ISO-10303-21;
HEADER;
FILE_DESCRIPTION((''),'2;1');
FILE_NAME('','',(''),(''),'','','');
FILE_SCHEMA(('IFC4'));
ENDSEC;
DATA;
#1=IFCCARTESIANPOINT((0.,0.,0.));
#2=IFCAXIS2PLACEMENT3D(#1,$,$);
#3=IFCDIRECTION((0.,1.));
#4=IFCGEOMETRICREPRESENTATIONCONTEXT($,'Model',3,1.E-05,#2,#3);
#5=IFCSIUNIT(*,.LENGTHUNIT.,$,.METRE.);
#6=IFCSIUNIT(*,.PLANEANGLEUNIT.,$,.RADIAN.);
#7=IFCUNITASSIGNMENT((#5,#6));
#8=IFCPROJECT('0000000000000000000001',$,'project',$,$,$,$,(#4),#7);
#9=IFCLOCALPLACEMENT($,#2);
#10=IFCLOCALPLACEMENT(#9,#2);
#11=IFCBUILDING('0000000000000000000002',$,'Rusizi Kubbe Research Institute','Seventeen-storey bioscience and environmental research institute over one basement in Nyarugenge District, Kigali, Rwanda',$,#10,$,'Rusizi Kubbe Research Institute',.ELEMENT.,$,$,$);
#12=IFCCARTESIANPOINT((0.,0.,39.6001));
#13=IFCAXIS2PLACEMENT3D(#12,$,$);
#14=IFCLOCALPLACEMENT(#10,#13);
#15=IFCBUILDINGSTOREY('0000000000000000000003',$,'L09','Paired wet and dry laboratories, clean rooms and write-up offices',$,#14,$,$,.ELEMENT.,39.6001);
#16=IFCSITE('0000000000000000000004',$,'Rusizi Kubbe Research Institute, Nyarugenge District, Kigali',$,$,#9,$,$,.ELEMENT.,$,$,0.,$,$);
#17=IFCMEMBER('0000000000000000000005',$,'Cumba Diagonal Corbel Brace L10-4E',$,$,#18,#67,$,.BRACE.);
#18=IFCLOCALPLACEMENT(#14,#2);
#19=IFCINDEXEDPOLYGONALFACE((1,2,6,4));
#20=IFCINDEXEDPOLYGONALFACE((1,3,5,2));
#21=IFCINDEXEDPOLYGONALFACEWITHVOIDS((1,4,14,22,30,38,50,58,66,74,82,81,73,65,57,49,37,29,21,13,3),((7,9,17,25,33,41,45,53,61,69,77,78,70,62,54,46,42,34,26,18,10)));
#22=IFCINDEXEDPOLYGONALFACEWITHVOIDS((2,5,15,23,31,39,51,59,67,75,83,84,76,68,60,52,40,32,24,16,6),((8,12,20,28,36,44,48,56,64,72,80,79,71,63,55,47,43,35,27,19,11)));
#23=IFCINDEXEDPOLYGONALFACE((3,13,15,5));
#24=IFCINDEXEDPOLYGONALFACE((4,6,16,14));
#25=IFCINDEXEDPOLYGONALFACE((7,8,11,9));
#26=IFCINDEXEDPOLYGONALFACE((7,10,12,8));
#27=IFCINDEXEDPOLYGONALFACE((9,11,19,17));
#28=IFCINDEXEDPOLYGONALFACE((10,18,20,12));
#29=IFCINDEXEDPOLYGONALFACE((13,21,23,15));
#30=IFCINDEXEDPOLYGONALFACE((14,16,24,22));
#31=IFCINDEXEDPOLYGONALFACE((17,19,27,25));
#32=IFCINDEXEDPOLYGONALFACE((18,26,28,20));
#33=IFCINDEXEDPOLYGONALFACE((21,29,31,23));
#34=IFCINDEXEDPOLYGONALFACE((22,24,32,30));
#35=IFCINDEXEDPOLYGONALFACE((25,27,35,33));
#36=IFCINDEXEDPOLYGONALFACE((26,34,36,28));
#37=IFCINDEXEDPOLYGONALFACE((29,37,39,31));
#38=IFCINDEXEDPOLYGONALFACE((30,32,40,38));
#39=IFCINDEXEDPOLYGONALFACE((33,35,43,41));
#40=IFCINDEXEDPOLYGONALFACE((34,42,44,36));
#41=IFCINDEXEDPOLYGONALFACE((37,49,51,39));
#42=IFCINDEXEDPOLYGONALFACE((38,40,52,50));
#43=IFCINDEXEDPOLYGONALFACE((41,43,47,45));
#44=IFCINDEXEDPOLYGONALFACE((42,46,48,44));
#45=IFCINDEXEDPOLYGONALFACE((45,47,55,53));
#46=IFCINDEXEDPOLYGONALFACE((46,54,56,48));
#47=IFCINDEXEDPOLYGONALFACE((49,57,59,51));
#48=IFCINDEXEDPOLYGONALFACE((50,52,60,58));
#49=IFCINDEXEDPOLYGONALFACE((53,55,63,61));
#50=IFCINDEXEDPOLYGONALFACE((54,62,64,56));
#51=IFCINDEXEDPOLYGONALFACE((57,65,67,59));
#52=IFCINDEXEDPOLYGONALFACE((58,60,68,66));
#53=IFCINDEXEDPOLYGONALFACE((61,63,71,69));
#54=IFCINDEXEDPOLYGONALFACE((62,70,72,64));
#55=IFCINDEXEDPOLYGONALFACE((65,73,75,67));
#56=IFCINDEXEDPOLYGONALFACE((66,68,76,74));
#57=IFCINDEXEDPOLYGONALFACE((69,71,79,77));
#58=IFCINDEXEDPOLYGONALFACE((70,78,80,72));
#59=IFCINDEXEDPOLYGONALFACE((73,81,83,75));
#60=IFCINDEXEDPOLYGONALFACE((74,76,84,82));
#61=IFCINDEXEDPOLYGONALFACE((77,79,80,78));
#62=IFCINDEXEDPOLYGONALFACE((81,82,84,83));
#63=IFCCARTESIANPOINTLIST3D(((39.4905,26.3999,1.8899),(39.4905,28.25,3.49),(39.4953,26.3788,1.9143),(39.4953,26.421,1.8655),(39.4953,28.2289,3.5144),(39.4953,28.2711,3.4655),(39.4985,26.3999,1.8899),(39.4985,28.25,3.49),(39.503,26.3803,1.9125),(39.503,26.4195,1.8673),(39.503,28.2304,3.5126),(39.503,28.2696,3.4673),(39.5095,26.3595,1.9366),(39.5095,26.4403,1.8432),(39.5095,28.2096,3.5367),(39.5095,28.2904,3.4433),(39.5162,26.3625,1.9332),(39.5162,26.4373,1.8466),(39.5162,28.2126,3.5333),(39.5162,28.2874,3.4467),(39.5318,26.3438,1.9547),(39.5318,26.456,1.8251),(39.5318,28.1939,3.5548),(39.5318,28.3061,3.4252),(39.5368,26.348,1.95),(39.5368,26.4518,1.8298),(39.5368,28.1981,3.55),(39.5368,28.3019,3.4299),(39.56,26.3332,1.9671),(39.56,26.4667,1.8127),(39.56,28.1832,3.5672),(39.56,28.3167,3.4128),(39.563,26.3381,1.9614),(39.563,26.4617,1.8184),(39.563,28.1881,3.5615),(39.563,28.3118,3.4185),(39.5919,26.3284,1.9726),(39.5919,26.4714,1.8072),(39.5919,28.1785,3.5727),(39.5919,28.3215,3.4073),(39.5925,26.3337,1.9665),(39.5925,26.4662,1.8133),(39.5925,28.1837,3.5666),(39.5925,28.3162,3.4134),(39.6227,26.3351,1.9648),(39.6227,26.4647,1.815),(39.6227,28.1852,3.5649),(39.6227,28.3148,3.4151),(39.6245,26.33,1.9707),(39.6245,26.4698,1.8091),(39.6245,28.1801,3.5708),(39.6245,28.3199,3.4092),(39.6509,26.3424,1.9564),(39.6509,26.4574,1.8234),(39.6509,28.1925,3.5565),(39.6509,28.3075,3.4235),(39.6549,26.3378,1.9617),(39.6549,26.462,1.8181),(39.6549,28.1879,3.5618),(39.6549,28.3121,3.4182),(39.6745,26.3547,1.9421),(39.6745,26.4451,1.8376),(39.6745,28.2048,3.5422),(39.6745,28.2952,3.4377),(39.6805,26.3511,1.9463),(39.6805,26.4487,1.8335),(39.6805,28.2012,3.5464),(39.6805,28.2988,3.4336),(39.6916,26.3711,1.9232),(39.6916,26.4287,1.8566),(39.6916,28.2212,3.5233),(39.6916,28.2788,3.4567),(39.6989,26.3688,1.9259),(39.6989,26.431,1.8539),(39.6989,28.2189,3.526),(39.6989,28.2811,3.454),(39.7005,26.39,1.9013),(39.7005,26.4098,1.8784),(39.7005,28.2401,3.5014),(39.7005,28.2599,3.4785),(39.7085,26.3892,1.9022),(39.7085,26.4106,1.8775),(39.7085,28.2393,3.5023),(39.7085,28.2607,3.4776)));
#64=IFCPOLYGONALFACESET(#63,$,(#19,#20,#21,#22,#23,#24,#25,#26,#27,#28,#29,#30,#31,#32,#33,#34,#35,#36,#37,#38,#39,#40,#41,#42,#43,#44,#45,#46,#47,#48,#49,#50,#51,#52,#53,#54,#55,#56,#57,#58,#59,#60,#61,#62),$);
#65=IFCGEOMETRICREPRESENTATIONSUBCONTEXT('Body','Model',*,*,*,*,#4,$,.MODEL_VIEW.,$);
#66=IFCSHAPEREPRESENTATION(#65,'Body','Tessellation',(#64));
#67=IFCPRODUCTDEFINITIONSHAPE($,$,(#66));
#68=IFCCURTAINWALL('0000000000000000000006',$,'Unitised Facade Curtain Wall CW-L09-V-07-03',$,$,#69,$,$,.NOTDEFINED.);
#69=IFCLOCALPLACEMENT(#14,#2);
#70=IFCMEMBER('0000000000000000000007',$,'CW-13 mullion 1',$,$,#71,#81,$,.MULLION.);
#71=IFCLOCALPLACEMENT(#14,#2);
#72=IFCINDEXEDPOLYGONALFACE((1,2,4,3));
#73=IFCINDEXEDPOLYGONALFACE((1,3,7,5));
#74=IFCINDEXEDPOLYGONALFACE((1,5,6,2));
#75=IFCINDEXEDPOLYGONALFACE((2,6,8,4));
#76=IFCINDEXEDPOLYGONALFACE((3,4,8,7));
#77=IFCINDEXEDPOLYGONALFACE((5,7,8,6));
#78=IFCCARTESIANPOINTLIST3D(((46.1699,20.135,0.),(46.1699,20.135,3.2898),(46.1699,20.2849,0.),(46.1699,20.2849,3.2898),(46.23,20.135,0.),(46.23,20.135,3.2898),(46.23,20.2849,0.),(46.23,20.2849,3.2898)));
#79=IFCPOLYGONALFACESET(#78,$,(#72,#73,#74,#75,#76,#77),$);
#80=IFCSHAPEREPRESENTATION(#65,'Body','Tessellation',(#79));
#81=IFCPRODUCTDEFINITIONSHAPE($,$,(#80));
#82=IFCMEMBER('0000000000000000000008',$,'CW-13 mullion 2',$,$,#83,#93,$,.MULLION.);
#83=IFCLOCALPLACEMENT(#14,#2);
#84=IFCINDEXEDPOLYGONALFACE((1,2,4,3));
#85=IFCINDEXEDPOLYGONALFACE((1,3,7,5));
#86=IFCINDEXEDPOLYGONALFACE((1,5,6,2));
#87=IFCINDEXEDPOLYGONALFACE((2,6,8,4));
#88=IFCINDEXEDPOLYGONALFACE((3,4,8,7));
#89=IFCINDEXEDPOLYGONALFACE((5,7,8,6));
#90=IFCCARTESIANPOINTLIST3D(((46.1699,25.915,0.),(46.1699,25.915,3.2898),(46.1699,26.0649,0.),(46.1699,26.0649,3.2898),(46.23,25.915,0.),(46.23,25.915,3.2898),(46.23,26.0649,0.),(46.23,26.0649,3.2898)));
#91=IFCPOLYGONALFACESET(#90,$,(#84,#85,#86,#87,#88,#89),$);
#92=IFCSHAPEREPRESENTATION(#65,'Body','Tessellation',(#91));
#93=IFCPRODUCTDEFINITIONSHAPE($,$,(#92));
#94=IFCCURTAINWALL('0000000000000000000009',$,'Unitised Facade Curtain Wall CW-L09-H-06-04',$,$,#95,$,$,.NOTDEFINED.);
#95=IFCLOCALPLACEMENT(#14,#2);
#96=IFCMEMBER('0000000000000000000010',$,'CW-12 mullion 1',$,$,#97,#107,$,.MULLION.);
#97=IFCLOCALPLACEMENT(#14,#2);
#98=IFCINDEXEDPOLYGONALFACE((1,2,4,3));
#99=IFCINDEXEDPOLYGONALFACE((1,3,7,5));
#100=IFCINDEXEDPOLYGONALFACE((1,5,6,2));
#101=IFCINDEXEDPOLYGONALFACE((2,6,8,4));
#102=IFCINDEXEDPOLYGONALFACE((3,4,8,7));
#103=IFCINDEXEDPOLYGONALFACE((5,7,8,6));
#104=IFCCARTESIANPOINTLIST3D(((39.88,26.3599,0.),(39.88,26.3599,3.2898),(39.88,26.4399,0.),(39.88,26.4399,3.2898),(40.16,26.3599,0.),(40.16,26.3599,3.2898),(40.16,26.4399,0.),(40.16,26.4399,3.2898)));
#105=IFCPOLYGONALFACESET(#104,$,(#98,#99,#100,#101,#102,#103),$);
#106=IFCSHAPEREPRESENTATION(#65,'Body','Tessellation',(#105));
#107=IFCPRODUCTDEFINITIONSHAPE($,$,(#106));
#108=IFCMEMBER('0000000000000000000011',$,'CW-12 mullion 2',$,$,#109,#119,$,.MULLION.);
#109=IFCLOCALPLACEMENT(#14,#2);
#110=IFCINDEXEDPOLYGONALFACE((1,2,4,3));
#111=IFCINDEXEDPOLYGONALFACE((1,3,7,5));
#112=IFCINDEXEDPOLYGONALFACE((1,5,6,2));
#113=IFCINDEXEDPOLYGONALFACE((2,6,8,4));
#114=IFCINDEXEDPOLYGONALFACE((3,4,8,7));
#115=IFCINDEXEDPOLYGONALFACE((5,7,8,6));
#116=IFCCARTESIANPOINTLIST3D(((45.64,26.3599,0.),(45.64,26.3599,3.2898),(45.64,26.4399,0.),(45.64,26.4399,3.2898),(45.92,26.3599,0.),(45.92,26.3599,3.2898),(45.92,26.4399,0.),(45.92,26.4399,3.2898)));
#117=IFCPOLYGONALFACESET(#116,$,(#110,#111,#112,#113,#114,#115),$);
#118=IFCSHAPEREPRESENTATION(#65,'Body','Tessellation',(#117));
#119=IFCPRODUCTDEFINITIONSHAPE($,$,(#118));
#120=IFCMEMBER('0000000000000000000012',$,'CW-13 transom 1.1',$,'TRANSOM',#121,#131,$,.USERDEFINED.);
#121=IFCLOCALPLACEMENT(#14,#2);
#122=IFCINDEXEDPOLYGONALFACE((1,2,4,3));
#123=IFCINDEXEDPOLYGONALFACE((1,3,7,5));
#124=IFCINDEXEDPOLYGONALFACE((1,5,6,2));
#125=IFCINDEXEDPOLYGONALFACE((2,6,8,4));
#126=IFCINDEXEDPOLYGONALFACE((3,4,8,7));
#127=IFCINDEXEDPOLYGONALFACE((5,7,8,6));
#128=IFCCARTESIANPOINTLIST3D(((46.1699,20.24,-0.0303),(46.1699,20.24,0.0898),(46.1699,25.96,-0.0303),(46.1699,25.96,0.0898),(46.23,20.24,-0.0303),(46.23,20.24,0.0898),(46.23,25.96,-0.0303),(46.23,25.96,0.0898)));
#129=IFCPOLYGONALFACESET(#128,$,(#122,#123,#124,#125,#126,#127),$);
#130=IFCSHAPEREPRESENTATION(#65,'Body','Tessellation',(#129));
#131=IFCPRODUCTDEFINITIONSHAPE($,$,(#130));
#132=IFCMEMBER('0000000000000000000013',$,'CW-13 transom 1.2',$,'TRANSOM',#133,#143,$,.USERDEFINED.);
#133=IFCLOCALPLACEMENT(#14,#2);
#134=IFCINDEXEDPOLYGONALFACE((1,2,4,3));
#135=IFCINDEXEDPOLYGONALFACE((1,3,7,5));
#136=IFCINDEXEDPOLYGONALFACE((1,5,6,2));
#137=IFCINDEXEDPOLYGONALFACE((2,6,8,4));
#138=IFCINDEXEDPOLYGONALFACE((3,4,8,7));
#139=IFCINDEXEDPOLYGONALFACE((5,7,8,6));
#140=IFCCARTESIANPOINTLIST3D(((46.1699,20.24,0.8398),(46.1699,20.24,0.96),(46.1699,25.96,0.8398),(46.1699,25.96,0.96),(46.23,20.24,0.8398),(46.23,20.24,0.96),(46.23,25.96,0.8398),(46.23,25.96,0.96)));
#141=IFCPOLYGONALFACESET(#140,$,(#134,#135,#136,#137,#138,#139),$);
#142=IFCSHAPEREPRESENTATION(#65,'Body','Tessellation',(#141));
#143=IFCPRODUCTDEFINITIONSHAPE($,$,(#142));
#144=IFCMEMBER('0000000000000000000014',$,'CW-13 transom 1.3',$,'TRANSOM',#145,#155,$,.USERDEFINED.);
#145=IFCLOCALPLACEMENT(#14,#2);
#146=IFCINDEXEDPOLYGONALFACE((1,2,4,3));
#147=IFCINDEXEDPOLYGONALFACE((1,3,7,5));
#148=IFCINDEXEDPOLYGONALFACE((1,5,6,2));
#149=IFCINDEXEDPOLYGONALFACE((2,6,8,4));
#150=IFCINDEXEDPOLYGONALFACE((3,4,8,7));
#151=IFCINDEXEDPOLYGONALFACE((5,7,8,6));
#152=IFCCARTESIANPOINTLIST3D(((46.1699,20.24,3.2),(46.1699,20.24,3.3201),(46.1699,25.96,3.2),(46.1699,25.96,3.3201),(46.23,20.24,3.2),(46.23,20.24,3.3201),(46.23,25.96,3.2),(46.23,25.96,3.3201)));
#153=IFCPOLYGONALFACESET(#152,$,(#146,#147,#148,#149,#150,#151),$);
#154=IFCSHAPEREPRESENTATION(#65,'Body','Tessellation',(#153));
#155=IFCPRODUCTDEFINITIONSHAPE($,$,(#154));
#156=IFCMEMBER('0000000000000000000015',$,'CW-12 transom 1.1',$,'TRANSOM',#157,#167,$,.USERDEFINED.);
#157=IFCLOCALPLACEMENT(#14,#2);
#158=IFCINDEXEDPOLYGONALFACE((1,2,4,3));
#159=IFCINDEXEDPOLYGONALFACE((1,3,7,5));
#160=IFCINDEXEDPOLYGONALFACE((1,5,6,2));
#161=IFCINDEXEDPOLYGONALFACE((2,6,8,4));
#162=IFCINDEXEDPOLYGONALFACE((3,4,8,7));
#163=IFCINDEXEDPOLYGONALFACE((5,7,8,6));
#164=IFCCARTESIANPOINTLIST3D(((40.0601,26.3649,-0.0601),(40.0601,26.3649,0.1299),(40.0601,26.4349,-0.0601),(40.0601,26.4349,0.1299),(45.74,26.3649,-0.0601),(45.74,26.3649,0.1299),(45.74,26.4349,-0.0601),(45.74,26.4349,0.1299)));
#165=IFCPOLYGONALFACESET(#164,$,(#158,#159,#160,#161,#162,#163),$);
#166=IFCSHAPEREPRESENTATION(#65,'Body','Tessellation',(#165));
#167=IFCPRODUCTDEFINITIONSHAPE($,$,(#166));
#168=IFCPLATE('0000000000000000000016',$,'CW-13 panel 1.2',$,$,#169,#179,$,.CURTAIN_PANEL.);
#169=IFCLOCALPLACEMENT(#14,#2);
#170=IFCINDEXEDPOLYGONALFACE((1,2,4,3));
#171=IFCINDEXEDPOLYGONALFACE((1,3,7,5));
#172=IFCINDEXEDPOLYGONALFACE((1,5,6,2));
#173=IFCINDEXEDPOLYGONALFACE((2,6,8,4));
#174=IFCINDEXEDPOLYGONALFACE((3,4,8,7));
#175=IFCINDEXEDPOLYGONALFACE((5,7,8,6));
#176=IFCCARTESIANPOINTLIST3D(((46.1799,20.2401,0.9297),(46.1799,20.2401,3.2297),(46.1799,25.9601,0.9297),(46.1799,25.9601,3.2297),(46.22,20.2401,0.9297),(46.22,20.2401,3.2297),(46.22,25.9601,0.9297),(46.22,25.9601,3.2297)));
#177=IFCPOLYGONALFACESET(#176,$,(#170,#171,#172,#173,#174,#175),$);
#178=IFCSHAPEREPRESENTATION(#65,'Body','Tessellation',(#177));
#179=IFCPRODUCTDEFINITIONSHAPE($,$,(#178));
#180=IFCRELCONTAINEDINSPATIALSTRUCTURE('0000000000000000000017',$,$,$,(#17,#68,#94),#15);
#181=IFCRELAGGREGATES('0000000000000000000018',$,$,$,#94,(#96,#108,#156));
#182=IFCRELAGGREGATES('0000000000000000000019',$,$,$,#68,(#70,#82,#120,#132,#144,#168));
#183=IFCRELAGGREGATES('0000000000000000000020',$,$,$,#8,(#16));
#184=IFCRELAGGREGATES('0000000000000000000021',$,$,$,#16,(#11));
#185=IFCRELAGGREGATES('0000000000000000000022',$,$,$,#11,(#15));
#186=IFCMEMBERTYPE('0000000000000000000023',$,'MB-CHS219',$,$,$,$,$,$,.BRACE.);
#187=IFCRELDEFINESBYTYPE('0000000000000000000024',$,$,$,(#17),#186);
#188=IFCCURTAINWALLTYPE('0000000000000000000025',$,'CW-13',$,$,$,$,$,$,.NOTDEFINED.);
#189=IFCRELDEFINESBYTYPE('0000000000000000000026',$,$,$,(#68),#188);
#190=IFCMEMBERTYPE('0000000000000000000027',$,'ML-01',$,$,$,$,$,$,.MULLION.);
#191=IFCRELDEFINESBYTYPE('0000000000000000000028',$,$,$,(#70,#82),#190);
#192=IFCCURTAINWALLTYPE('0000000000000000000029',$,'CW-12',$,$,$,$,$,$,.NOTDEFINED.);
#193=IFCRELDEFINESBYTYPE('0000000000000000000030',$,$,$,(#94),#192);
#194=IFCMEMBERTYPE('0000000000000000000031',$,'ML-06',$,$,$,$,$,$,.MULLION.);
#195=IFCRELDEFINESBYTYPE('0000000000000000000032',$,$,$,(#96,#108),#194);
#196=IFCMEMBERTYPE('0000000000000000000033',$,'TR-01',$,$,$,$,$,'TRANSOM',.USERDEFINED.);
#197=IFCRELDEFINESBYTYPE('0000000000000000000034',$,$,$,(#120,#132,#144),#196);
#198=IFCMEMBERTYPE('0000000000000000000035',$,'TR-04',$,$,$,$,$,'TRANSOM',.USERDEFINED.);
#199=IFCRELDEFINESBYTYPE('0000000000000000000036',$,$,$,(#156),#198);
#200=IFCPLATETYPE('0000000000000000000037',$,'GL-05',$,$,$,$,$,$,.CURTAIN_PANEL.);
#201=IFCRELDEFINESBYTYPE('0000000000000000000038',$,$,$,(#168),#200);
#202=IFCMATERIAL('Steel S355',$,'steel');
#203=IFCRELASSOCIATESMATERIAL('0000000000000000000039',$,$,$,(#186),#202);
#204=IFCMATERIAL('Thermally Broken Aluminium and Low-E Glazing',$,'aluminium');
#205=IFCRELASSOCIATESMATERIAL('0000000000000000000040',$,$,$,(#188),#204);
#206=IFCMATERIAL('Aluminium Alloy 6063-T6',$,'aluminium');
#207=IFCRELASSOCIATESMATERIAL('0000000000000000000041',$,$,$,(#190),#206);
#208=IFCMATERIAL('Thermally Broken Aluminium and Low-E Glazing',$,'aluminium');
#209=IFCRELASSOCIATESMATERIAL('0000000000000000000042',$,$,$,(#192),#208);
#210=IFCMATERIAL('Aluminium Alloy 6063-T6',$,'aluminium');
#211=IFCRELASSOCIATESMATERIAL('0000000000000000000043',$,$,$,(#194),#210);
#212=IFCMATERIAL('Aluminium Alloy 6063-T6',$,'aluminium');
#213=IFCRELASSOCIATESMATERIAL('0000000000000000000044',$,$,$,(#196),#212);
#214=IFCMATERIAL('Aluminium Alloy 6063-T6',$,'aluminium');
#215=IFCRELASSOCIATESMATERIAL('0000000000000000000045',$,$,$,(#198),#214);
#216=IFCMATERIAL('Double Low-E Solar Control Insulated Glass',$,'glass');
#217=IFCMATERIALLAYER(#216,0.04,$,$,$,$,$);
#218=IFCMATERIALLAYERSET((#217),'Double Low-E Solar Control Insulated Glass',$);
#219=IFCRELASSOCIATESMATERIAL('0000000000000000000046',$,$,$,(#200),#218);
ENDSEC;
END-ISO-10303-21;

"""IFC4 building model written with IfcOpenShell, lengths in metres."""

from ifc_helpers import new_model, si_unit, direction, frame, origin, origin_2d, place, context, subcontext, project, spatial, rectangle, hollow_circle, extrude, material, layer, layer_set, material_profile, profile_set, type_object, element, aggregate, save


model = new_model("IFC4")

# Units and contexts
model_context = context("Model", 3, precision=1e-05, world=origin(), true_north=direction((0.0, 1.0)))
body_context = subcontext(model_context, "Body", "Model", "MODEL_VIEW")
ifc_project = project(units=[si_unit("LENGTHUNIT", "METRE"), si_unit("PLANEANGLEUNIT", "RADIAN")], contexts=[model_context])

# Site, building, storey
site_placement = place(None, origin())
site = spatial("IfcSite", under=ifc_project, at=site_placement, Name="Rusizi Kubbe Research Institute, Nyarugenge District, Kigali", CompositionType="ELEMENT", RefElevation=0.0)
building_placement = place(site_placement, origin())
building = spatial("IfcBuilding", under=site, at=building_placement, Name="Rusizi Kubbe Research Institute", Description="Seventeen-storey bioscience and environmental research institute over one basement in Nyarugenge District, Kigali, Rwanda", LongName="Rusizi Kubbe Research Institute", CompositionType="ELEMENT")
storey_placement = place(building_placement, frame((0.0, 0.0, 39.6001)))
storey = spatial("IfcBuildingStorey", under=building, at=storey_placement, Name="L09", Description="Paired wet and dry laboratories, clean rooms and write-up offices", CompositionType="ELEMENT", Elevation=39.6001)

# Member
ifc_material_1 = material(Name="Steel S355", Category="steel")
ifc_material_profile_1 = material_profile(ifc_material_1, hollow_circle(Radius=0.1096, WallThickness=0.0081, at=origin_2d()), Name="CHS 219.1x8.0")
ifc_profile_set_1 = profile_set([ifc_material_profile_1], Name="Steel S355")
member_type_1 = type_object("IfcMemberType", Name="MB-CHS219", PredefinedType="BRACE", material=ifc_profile_set_1)
member_1_placement = place(storey_placement, frame((39.6001, 26.3999, 1.8899), z_axis=(0.0, 0.756361, 0.654155), x_axis=(-1.0, 0.0, 0.0)))
element("IfcMember", 1, at=member_1_placement, inside=storey, type_object=member_type_1, Name="Cumba Diagonal Corbel Brace L10-4E", PredefinedType="BRACE", context=body_context, shape_type="SweptSolid", body=[
    extrude(hollow_circle(Radius=0.1096, WallThickness=0.0081, at=origin_2d()), origin(), (0.0, 0.0, 1.0), 2.446),
])

# Curtain walls, members
ifc_material_2 = material(Name="Thermally Broken Aluminium and Low-E Glazing", Category="aluminium")
curtain_wall_type_1 = type_object("IfcCurtainWallType", Name="CW-13", PredefinedType="NOTDEFINED", material=ifc_material_2)
curtain_wall_1_placement = place(storey_placement, origin())
curtain_wall_1 = element("IfcCurtainWall", 2, at=curtain_wall_1_placement, inside=storey, type_object=curtain_wall_type_1, Name="Unitised Facade Curtain Wall CW-L09-V-07-03", PredefinedType="NOTDEFINED")
ifc_material_3 = material(Name="Aluminium Alloy 6063-T6", Category="aluminium")
ifc_material_profile_2 = material_profile(ifc_material_3, rectangle(XDim=0.0601, YDim=0.1499, at=origin_2d()), Name="ALU-M 60x150")
ifc_profile_set_2 = profile_set([ifc_material_profile_2], Name="Aluminium Alloy 6063-T6")
member_type_2 = type_object("IfcMemberType", Name="ML-01", PredefinedType="MULLION", material=ifc_profile_set_2)
member_2_placement = place(storey_placement, frame((46.2, 20.21, 0.0), z_axis=(0.0, 0.0, 1.0), x_axis=(-1.0, 0.0, 0.0)))
member_2 = element("IfcMember", 3, at=member_2_placement, type_object=member_type_2, Name="CW-13 mullion 1", PredefinedType="MULLION", context=body_context, shape_type="SweptSolid", body=[
    extrude(rectangle(XDim=0.0601, YDim=0.1499, at=origin_2d()), origin(), (0.0, 0.0, 1.0), 3.2898),
])
member_3_placement = place(storey_placement, frame((46.2, 25.99, 0.0), z_axis=(0.0, 0.0, 1.0), x_axis=(-1.0, 0.0, 0.0)))
member_3 = element("IfcMember", 4, at=member_3_placement, type_object=member_type_2, Name="CW-13 mullion 2", PredefinedType="MULLION", context=body_context, shape_type="SweptSolid", body=[
    extrude(rectangle(XDim=0.0601, YDim=0.1499, at=origin_2d()), origin(), (0.0, 0.0, 1.0), 3.2898),
])
ifc_material_4 = material(Name="Thermally Broken Aluminium and Low-E Glazing", Category="aluminium")
curtain_wall_type_2 = type_object("IfcCurtainWallType", Name="CW-12", PredefinedType="NOTDEFINED", material=ifc_material_4)
curtain_wall_2_placement = place(storey_placement, origin())
curtain_wall_2 = element("IfcCurtainWall", 5, at=curtain_wall_2_placement, inside=storey, type_object=curtain_wall_type_2, Name="Unitised Facade Curtain Wall CW-L09-H-06-04", PredefinedType="NOTDEFINED")
ifc_material_5 = material(Name="Aluminium Alloy 6063-T6", Category="aluminium")
ifc_material_profile_3 = material_profile(ifc_material_5, rectangle(XDim=0.0801, YDim=0.28, at=origin_2d()), Name="ALU-M 80x280")
ifc_profile_set_3 = profile_set([ifc_material_profile_3], Name="Aluminium Alloy 6063-T6")
member_type_3 = type_object("IfcMemberType", Name="ML-06", PredefinedType="MULLION", material=ifc_profile_set_3)
member_4_placement = place(storey_placement, frame((40.02, 26.3999, 0.0), z_axis=(0.0, 0.0, 1.0), x_axis=(0.0, 1.0, 0.0)))
member_4 = element("IfcMember", 6, at=member_4_placement, type_object=member_type_3, Name="CW-12 mullion 1", PredefinedType="MULLION", context=body_context, shape_type="SweptSolid", body=[
    extrude(rectangle(XDim=0.0801, YDim=0.28, at=origin_2d()), origin(), (0.0, 0.0, 1.0), 3.2898),
])
member_5_placement = place(storey_placement, frame((45.78, 26.3999, 0.0), z_axis=(0.0, 0.0, 1.0), x_axis=(0.0, 1.0, 0.0)))
member_5 = element("IfcMember", 7, at=member_5_placement, type_object=member_type_3, Name="CW-12 mullion 2", PredefinedType="MULLION", context=body_context, shape_type="SweptSolid", body=[
    extrude(rectangle(XDim=0.0801, YDim=0.28, at=origin_2d()), origin(), (0.0, 0.0, 1.0), 3.2898),
])

# Members
ifc_material_6 = material(Name="Aluminium Alloy 6063-T6", Category="aluminium")
ifc_material_profile_4 = material_profile(ifc_material_6, rectangle(XDim=0.0601, YDim=0.1201, at=origin_2d()), Name="ALU-T 60x120")
ifc_profile_set_4 = profile_set([ifc_material_profile_4], Name="Aluminium Alloy 6063-T6")
member_type_4 = type_object("IfcMemberType", Name="TR-01", ElementType="TRANSOM", PredefinedType="USERDEFINED", material=ifc_profile_set_4)
member_6_placement = place(storey_placement, frame((46.2, 20.24, 0.0298), z_axis=(0.0, 1.0, 0.0), x_axis=(-1.0, 0.0, 0.0)))
member_6 = element("IfcMember", 8, at=member_6_placement, type_object=member_type_4, Name="CW-13 transom 1.1", ObjectType="TRANSOM", PredefinedType="USERDEFINED", context=body_context, shape_type="SweptSolid", body=[
    extrude(rectangle(XDim=0.0601, YDim=0.1201, at=origin_2d()), origin(), (0.0, 0.0, 1.0), 5.72),
])
member_7_placement = place(storey_placement, frame((46.2, 20.24, 0.8999), z_axis=(0.0, 1.0, 0.0), x_axis=(-1.0, 0.0, 0.0)))
member_7 = element("IfcMember", 9, at=member_7_placement, type_object=member_type_4, Name="CW-13 transom 1.2", ObjectType="TRANSOM", PredefinedType="USERDEFINED", context=body_context, shape_type="SweptSolid", body=[
    extrude(rectangle(XDim=0.0601, YDim=0.1201, at=origin_2d()), origin(), (0.0, 0.0, 1.0), 5.72),
])
member_8_placement = place(storey_placement, frame((46.2, 20.24, 3.26), z_axis=(0.0, 1.0, 0.0), x_axis=(-1.0, 0.0, 0.0)))
member_8 = element("IfcMember", 10, at=member_8_placement, type_object=member_type_4, Name="CW-13 transom 1.3", ObjectType="TRANSOM", PredefinedType="USERDEFINED", context=body_context, shape_type="SweptSolid", body=[
    extrude(rectangle(XDim=0.0601, YDim=0.1201, at=origin_2d()), origin(), (0.0, 0.0, 1.0), 5.72),
])
ifc_material_7 = material(Name="Aluminium Alloy 6063-T6", Category="aluminium")
ifc_material_profile_5 = material_profile(ifc_material_7, rectangle(XDim=0.0701, YDim=0.1899, at=origin_2d()), Name="ALU-T 70x190")
ifc_profile_set_5 = profile_set([ifc_material_profile_5], Name="Aluminium Alloy 6063-T6")
member_type_5 = type_object("IfcMemberType", Name="TR-04", ElementType="TRANSOM", PredefinedType="USERDEFINED", material=ifc_profile_set_5)
member_9_placement = place(storey_placement, frame((40.0601, 26.3999, 0.0349), z_axis=(1.0, 0.0, 0.0), x_axis=(0.0, 1.0, 0.0)))
member_9 = element("IfcMember", 11, at=member_9_placement, type_object=member_type_5, Name="CW-12 transom 1.1", ObjectType="TRANSOM", PredefinedType="USERDEFINED", context=body_context, shape_type="SweptSolid", body=[
    extrude(rectangle(XDim=0.0701, YDim=0.1899, at=origin_2d()), origin(), (0.0, 0.0, 1.0), 5.6799),
])
aggregate(curtain_wall_2, [member_4, member_5, member_9])

# Plate
ifc_material_8 = material(Name="Double Low-E Solar Control Insulated Glass", Category="glass")
ifc_layer_1 = layer(ifc_material_8, 0.04)
ifc_layer_set_1 = layer_set([ifc_layer_1], Name="Double Low-E Solar Control Insulated Glass")
plate_type_1 = type_object("IfcPlateType", Name="GL-05", PredefinedType="CURTAIN_PANEL", material=ifc_layer_set_1)
plate_1_placement = place(storey_placement, frame((46.2, 23.1001, 0.9297), z_axis=(0.0, 0.0, 1.0), x_axis=(0.0, 1.0, 0.0)))
plate_1 = element("IfcPlate", 12, at=plate_1_placement, type_object=plate_type_1, Name="CW-13 panel 1.2", PredefinedType="CURTAIN_PANEL", context=body_context, shape_type="SweptSolid", body=[
    extrude(rectangle(XDim=5.72, YDim=0.04, at=origin_2d()), origin(), (0.0, 0.0, 1.0), 2.3),
])
aggregate(curtain_wall_1, [member_2, member_3, member_6, member_7, member_8, plate_1])

save(model, "model.ifc")
